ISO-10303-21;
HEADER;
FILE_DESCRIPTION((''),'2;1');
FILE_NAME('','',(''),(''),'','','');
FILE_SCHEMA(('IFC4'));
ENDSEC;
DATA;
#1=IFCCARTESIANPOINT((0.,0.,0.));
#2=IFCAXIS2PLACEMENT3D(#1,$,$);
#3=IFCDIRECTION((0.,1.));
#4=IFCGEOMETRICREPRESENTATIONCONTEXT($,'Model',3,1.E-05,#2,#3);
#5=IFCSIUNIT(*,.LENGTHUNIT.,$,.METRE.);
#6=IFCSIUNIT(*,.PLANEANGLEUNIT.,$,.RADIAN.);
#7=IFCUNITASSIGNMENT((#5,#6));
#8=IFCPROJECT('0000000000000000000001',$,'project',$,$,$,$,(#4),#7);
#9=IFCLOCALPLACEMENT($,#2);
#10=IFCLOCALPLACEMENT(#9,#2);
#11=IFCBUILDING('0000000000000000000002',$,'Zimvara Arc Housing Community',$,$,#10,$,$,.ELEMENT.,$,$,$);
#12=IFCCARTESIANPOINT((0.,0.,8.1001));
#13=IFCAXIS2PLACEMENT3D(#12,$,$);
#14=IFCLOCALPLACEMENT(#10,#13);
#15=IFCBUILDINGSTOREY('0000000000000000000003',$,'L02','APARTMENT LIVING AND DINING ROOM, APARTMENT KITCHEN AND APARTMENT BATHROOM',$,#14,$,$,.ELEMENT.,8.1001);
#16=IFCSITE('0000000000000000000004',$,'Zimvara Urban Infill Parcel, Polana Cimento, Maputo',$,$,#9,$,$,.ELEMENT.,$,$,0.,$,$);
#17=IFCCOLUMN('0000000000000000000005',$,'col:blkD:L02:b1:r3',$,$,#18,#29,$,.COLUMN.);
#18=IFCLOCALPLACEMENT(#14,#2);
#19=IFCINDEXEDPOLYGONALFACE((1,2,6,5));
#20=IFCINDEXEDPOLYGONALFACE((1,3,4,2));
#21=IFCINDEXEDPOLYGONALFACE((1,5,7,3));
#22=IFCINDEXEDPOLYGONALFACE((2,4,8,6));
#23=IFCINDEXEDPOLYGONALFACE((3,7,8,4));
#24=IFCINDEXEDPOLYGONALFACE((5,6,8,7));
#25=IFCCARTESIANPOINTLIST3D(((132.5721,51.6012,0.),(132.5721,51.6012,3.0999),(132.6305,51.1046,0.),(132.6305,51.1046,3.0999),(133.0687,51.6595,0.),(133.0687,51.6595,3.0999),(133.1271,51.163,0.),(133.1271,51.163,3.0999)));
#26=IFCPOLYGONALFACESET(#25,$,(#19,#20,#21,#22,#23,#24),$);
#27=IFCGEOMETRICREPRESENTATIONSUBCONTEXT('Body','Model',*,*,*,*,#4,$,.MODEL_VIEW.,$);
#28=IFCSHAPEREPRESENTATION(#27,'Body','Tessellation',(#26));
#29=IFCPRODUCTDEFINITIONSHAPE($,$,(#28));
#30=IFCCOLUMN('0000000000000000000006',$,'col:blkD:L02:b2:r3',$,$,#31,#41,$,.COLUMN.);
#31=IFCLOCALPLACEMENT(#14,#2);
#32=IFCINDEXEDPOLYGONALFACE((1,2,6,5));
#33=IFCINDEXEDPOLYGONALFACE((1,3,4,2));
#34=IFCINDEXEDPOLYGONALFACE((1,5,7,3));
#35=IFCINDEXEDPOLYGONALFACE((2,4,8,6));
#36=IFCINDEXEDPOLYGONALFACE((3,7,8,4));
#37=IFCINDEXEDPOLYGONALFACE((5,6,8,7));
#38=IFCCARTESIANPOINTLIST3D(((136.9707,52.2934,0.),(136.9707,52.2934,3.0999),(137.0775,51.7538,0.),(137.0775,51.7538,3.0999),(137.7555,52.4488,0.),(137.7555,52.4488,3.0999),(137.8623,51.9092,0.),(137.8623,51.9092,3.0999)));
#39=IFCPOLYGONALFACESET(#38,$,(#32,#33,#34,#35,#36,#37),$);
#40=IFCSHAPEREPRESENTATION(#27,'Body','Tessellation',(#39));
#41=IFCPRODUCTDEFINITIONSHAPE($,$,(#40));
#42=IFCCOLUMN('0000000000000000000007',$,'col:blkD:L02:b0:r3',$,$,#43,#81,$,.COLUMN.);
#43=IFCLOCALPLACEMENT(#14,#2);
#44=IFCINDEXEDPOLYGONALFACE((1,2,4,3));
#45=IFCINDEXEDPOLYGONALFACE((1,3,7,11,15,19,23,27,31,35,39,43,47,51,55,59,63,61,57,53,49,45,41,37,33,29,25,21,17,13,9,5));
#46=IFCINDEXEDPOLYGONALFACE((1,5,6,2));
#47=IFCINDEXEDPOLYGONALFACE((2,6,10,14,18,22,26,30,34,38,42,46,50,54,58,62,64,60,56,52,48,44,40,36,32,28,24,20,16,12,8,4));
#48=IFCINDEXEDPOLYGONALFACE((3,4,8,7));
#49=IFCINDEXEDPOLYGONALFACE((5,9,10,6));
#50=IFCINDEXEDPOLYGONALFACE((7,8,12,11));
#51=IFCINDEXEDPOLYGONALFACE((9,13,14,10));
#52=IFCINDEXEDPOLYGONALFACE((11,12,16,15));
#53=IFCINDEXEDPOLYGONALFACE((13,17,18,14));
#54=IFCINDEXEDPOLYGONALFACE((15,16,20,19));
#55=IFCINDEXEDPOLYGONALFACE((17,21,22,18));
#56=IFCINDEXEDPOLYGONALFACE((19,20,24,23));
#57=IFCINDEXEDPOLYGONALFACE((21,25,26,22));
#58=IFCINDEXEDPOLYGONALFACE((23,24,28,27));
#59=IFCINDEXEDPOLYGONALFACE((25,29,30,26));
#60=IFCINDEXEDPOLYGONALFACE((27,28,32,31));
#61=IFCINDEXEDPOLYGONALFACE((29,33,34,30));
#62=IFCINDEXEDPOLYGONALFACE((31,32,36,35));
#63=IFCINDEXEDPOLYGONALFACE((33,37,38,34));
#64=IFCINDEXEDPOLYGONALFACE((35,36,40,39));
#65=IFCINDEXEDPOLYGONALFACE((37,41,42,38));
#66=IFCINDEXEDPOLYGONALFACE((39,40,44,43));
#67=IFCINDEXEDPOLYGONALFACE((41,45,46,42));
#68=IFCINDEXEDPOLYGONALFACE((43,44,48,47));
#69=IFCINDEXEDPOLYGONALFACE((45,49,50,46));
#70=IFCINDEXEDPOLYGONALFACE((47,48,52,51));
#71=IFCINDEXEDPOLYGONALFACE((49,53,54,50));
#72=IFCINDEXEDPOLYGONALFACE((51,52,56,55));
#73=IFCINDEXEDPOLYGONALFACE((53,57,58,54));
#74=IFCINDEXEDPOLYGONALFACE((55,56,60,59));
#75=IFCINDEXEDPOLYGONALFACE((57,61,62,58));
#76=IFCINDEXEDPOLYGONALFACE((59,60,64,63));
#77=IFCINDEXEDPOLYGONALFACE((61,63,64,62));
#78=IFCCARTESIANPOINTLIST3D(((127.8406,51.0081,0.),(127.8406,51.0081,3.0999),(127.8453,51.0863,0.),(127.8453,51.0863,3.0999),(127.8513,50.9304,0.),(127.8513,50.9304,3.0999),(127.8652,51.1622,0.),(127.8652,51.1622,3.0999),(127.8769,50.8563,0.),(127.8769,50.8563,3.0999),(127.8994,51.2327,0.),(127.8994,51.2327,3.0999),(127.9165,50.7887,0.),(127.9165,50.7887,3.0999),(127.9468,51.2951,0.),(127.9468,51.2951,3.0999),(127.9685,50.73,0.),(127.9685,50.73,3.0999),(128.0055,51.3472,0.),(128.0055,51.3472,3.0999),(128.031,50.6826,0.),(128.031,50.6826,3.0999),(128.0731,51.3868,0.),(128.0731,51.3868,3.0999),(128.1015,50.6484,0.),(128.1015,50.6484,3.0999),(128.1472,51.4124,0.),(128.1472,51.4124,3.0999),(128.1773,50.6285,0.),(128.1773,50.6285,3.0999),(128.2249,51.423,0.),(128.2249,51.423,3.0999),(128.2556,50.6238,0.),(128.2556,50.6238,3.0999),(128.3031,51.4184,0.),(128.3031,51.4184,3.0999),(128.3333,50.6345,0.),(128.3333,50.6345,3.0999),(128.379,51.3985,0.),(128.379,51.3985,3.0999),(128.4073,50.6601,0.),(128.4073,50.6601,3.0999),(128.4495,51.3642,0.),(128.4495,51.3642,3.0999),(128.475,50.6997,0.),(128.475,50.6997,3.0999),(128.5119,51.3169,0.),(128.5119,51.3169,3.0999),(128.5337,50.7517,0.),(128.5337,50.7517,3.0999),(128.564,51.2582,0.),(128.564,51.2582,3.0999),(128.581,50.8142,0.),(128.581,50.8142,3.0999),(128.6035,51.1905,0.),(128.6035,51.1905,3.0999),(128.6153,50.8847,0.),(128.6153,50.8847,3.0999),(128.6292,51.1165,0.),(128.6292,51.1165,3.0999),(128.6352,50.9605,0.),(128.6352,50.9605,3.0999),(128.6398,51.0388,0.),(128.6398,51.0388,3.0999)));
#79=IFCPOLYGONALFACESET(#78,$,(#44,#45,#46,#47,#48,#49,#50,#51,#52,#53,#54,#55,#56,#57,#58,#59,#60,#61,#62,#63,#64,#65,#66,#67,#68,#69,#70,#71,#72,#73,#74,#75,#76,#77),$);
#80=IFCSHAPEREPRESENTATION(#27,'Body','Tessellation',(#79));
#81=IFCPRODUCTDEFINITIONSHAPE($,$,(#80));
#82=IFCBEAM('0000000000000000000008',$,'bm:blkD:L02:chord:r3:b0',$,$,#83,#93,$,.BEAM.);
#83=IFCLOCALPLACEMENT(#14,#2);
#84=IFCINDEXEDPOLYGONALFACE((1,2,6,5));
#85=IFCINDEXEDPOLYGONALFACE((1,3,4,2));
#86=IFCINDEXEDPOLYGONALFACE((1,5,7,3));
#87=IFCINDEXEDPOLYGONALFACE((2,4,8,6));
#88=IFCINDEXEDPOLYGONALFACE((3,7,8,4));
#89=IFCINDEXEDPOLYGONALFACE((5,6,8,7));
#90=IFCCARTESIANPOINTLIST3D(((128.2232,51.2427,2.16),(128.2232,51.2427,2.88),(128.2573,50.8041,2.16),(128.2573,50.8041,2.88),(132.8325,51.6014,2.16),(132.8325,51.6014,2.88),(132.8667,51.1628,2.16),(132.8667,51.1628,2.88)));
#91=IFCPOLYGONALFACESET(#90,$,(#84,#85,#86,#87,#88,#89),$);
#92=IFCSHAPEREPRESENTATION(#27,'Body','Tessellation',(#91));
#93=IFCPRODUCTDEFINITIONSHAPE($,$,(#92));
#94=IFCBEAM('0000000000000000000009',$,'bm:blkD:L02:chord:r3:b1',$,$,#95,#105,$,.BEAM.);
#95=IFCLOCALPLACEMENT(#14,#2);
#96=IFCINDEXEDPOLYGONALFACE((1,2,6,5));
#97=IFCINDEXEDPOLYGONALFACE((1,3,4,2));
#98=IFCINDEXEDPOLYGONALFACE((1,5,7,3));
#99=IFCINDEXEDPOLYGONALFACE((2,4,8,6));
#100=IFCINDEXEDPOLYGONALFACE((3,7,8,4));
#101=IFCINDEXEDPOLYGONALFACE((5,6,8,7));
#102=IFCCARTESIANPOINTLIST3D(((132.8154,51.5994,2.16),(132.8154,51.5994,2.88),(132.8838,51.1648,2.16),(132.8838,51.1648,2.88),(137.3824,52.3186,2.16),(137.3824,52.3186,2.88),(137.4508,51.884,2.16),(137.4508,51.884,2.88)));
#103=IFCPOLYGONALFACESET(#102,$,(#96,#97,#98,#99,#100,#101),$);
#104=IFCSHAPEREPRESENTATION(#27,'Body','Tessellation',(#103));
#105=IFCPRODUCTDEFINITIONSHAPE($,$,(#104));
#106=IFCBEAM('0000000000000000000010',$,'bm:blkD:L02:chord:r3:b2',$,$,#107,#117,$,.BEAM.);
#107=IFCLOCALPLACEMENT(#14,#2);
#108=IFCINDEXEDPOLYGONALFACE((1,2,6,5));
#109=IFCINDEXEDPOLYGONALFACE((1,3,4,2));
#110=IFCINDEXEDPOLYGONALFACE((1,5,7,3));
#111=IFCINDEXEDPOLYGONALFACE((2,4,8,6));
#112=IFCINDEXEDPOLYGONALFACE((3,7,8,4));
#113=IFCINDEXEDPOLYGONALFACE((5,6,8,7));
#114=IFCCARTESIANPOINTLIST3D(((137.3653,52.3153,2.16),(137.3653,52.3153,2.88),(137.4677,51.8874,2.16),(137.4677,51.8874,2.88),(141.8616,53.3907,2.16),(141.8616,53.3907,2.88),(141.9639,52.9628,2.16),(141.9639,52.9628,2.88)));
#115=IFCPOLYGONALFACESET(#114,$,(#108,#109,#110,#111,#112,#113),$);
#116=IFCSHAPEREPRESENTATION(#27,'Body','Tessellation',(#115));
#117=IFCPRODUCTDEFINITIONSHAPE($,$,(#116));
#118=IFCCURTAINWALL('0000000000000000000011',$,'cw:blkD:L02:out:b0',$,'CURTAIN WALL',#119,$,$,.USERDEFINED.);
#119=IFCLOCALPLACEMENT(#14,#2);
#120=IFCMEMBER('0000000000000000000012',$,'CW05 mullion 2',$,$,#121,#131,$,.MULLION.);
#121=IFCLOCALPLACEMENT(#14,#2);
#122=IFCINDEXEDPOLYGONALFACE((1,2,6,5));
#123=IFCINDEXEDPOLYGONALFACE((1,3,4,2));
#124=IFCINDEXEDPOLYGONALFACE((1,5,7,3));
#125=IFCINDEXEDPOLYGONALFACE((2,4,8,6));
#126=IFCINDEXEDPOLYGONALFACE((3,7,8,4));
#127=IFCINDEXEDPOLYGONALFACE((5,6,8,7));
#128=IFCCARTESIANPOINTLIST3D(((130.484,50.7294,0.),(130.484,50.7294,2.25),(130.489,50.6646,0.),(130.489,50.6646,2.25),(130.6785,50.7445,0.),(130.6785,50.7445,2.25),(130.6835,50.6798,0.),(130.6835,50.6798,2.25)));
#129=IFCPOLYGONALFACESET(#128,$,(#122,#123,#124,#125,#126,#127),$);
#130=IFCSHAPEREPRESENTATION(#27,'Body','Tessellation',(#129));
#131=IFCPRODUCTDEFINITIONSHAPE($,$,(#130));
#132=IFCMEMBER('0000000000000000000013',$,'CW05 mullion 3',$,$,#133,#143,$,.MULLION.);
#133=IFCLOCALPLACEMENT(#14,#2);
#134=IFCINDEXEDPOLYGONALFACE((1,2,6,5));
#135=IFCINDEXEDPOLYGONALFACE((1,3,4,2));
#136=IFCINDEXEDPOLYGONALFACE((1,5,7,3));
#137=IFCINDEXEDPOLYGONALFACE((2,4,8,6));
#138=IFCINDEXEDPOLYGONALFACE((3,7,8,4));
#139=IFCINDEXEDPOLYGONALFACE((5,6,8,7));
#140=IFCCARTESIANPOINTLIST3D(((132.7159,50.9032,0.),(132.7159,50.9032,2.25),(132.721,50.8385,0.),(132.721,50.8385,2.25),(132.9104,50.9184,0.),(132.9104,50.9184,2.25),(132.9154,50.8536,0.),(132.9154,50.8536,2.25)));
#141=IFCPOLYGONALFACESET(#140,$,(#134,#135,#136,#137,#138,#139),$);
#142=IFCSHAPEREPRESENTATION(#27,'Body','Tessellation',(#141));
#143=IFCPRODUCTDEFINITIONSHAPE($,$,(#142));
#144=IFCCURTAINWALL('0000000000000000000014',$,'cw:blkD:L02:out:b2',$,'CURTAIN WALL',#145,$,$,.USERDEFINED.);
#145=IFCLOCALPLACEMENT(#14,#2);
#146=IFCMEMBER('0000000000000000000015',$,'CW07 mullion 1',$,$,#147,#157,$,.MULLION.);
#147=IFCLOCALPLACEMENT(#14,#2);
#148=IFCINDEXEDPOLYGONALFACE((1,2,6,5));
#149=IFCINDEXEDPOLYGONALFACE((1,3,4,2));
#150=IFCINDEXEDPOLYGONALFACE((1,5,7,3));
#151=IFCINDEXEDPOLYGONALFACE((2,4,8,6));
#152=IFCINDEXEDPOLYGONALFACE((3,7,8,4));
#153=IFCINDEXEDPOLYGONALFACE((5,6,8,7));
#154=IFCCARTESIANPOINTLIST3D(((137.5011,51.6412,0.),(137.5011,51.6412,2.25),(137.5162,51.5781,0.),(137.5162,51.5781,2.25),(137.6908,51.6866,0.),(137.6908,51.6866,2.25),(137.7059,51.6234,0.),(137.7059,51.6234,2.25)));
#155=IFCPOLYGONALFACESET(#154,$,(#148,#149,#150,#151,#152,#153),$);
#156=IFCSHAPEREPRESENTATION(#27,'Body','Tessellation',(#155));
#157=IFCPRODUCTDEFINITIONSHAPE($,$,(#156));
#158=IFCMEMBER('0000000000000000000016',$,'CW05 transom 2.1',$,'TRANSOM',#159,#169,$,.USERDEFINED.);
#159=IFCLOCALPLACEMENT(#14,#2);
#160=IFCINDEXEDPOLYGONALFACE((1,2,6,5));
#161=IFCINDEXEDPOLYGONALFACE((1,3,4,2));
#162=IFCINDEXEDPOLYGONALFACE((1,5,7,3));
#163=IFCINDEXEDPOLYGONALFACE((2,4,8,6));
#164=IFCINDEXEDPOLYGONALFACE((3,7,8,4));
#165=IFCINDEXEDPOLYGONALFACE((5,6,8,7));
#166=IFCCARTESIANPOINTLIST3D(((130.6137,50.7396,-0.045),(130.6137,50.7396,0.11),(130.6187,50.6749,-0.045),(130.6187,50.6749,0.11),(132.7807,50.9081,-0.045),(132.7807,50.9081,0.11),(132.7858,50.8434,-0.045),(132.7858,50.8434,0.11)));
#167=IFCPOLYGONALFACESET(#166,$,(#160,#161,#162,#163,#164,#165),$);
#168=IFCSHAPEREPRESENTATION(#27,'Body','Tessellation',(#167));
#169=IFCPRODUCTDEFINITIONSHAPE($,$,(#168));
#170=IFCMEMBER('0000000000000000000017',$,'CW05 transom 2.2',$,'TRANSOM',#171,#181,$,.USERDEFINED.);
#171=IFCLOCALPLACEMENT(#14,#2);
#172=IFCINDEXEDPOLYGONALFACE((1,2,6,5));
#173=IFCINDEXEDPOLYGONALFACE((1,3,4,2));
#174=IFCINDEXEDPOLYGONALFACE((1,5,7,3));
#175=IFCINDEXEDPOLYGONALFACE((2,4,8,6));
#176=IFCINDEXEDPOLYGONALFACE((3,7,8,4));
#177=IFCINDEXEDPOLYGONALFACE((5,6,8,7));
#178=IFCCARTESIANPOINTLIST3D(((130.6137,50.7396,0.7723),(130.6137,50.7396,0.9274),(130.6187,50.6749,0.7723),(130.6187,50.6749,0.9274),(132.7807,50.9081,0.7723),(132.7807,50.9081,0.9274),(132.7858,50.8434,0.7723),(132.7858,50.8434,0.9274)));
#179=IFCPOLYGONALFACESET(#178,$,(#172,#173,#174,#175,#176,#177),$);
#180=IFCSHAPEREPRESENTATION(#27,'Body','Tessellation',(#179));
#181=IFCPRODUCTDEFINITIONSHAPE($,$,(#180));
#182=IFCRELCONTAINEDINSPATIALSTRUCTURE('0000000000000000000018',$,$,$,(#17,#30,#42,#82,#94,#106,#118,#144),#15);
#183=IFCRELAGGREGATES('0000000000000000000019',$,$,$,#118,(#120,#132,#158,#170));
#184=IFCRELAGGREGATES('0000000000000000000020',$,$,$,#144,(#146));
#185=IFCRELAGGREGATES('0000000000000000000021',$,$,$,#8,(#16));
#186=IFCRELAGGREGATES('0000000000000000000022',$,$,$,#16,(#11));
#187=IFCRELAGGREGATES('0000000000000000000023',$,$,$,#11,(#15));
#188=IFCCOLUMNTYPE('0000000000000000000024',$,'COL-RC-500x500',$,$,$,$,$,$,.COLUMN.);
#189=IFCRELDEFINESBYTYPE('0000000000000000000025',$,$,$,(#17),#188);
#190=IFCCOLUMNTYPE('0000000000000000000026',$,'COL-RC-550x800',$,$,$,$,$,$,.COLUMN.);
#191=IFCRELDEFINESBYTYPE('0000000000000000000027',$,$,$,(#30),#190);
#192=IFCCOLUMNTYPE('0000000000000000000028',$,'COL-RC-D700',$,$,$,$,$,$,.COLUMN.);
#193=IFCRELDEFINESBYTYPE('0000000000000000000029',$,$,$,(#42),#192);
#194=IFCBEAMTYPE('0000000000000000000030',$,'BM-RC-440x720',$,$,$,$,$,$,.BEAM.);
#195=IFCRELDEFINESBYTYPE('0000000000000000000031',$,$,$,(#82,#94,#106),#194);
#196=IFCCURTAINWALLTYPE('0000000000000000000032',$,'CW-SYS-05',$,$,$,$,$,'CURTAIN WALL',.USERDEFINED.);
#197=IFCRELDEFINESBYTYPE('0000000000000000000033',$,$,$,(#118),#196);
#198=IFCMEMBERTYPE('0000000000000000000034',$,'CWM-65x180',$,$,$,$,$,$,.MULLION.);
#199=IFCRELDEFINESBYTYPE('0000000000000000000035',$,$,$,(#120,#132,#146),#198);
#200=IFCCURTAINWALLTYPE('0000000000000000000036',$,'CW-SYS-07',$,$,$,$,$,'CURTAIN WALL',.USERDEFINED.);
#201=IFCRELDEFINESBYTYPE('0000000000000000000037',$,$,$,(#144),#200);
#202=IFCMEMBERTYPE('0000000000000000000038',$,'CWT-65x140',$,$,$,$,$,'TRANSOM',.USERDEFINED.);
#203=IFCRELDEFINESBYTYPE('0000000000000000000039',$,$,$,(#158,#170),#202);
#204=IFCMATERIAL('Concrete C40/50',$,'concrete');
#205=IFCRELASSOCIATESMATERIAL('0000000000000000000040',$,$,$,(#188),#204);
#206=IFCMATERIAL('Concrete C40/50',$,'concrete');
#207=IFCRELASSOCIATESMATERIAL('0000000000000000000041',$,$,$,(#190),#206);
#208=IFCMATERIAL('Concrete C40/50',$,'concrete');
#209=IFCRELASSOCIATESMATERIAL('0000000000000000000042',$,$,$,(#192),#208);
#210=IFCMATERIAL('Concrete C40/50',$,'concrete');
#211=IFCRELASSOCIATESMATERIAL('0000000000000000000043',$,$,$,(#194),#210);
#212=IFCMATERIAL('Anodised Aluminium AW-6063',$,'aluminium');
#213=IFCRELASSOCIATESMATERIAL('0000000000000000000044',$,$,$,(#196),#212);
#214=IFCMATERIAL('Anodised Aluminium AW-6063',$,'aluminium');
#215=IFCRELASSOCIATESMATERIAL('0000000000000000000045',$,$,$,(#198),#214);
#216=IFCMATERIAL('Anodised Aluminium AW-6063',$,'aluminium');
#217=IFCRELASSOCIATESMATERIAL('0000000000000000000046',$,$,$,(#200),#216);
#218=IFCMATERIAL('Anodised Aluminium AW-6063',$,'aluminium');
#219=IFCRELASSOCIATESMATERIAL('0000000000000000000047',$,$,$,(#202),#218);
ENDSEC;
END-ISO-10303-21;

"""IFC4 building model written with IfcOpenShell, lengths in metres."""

from ifc_helpers import new_model, si_unit, direction, frame, origin, origin_2d, place, context, subcontext, project, spatial, rectangle, circle, extrude, material, material_profile, profile_set, type_object, element, aggregate, save


model = new_model("IFC4")

# Units and contexts
model_context = context("Model", 3, precision=1e-05, world=origin(), true_north=direction((0.0, 1.0)))
body_context = subcontext(model_context, "Body", "Model", "MODEL_VIEW")
ifc_project = project(units=[si_unit("LENGTHUNIT", "METRE"), si_unit("PLANEANGLEUNIT", "RADIAN")], contexts=[model_context])

# Site, building, storey
site_placement = place(None, origin())
site = spatial("IfcSite", under=ifc_project, at=site_placement, Name="Zimvara Urban Infill Parcel, Polana Cimento, Maputo", CompositionType="ELEMENT", RefElevation=0.0)
building_placement = place(site_placement, origin())
building = spatial("IfcBuilding", under=site, at=building_placement, Name="Zimvara Arc Housing Community", CompositionType="ELEMENT")
storey_placement = place(building_placement, frame((0.0, 0.0, 8.1001)))
storey = spatial("IfcBuildingStorey", under=building, at=storey_placement, Name="L02", Description="APARTMENT LIVING AND DINING ROOM, APARTMENT KITCHEN AND APARTMENT BATHROOM", CompositionType="ELEMENT", Elevation=8.1001)

# Columns
ifc_material_1 = material(Name="Concrete C40/50", Category="concrete")
ifc_material_profile_1 = material_profile(ifc_material_1, rectangle(XDim=0.5, YDim=0.5, at=origin_2d()), Name="RC 500x500")
ifc_profile_set_1 = profile_set([ifc_material_profile_1], Name="Concrete C40/50")
column_type_1 = type_object("IfcColumnType", Name="COL-RC-500x500", PredefinedType="COLUMN", material=ifc_profile_set_1)
column_1_placement = place(storey_placement, frame((132.8496, 51.3821, 0.0), z_axis=(0.0, 0.0, 1.0), x_axis=(0.116671, -0.993171, 0.0)))
element("IfcColumn", 1, at=column_1_placement, inside=storey, type_object=column_type_1, Name="col:blkD:L02:b1:r3", PredefinedType="COLUMN", context=body_context, shape_type="SweptSolid", body=[
    extrude(rectangle(XDim=0.5, YDim=0.5, at=origin_2d()), origin(), (0.0, 0.0, 1.0), 3.0999),
])
ifc_material_2 = material(Name="Concrete C40/50", Category="concrete")
ifc_material_profile_2 = material_profile(ifc_material_2, rectangle(XDim=0.55, YDim=0.8, at=origin_2d()), Name="RC 550x800")
ifc_profile_set_2 = profile_set([ifc_material_profile_2], Name="Concrete C40/50")
column_type_2 = type_object("IfcColumnType", Name="COL-RC-550x800", PredefinedType="COLUMN", material=ifc_profile_set_2)
column_2_placement = place(storey_placement, frame((137.4165, 52.1013, 0.0), z_axis=(0.0, 0.0, 1.0), x_axis=(0.194234, -0.980955, 0.0)))
element("IfcColumn", 2, at=column_2_placement, inside=storey, type_object=column_type_2, Name="col:blkD:L02:b2:r3", PredefinedType="COLUMN", context=body_context, shape_type="SweptSolid", body=[
    extrude(rectangle(XDim=0.55, YDim=0.8, at=origin_2d()), origin(), (0.0, 0.0, 1.0), 3.0999),
])
ifc_material_3 = material(Name="Concrete C40/50", Category="concrete")
ifc_material_profile_3 = material_profile(ifc_material_3, circle(Radius=0.3999, at=origin_2d()), Name="RC D800")
ifc_profile_set_3 = profile_set([ifc_material_profile_3], Name="Concrete C40/50")
column_type_3 = type_object("IfcColumnType", Name="COL-RC-D700", PredefinedType="COLUMN", material=ifc_profile_set_3)
column_3_placement = place(storey_placement, frame((128.2402, 51.0234, 0.0), z_axis=(0.0, 0.0, 1.0), x_axis=(0.038388, -0.999263, 0.0)))
element("IfcColumn", 3, at=column_3_placement, inside=storey, type_object=column_type_3, Name="col:blkD:L02:b0:r3", PredefinedType="COLUMN", context=body_context, shape_type="SweptSolid", body=[
    extrude(circle(Radius=0.3999, at=origin_2d()), origin(), (0.0, 0.0, 1.0), 3.0999),
])

# Beams
ifc_material_4 = material(Name="Concrete C40/50", Category="concrete")
ifc_material_profile_4 = material_profile(ifc_material_4, rectangle(XDim=0.4399, YDim=0.72, at=origin_2d()), Name="RC 440x720")
ifc_profile_set_4 = profile_set([ifc_material_profile_4], Name="Concrete C40/50")
beam_type = type_object("IfcBeamType", Name="BM-RC-440x720", PredefinedType="BEAM", material=ifc_profile_set_4)
for number, where, z_axis, x_axis, name in (
    (4, (128.2402, 51.0234, 2.52), (0.996987, 0.077573, 0.0), (-0.077573, 0.996987, 0.0), "bm:blkD:L02:chord:r3:b0"),
    (5, (132.8496, 51.3821, 2.52), (0.987825, 0.155572, 0.0), (-0.155572, 0.987825, 0.0), "bm:blkD:L02:chord:r3:b1"),
):
    element("IfcBeam", number, at=place(storey_placement, frame(where, z_axis=z_axis, x_axis=x_axis)), inside=storey, type_object=beam_type, Name=name, PredefinedType="BEAM", context=body_context, shape_type="SweptSolid", body=[
        extrude(rectangle(XDim=0.4399, YDim=0.72, at=origin_2d()), origin(), (0.0, 0.0, 1.0), 4.6233),
    ])
beam_placement = place(storey_placement, frame((137.4165, 52.1013, 2.52), z_axis=(0.972568, 0.23262, 0.0), x_axis=(-0.23262, 0.972568, 0.0)))
element("IfcBeam", 6, at=beam_placement, inside=storey, type_object=beam_type, Name="bm:blkD:L02:chord:r3:b2", PredefinedType="BEAM", context=body_context, shape_type="SweptSolid", body=[
    extrude(rectangle(XDim=0.4399, YDim=0.72, at=origin_2d()), origin(), (0.0, 0.0, 1.0), 4.623),
])

# Curtain wall, members
ifc_material_5 = material(Name="Anodised Aluminium AW-6063", Category="aluminium")
curtain_wall_type_1 = type_object("IfcCurtainWallType", Name="CW-SYS-05", ElementType="CURTAIN WALL", PredefinedType="USERDEFINED", material=ifc_material_5)
curtain_wall_1_placement = place(storey_placement, origin())
curtain_wall_1 = element("IfcCurtainWall", 7, at=curtain_wall_1_placement, inside=storey, type_object=curtain_wall_type_1, Name="cw:blkD:L02:out:b0", ObjectType="CURTAIN WALL", PredefinedType="USERDEFINED")
ifc_material_6 = material(Name="Anodised Aluminium AW-6063", Category="aluminium")
ifc_material_profile_5 = material_profile(ifc_material_6, rectangle(XDim=0.0649, YDim=0.1951, at=origin_2d()), Name="ALU 65x195")
ifc_profile_set_5 = profile_set([ifc_material_profile_5], Name="Anodised Aluminium AW-6063")
member_type_1 = type_object("IfcMemberType", Name="CWM-65x180", PredefinedType="MULLION", material=ifc_profile_set_5)
member_1_placement = place(storey_placement, frame((130.5837, 50.7046, 0.0), z_axis=(0.0, 0.0, 1.0), x_axis=(-0.07759, 0.996985, 0.0)))
member_1 = element("IfcMember", 8, at=member_1_placement, type_object=member_type_1, Name="CW05 mullion 2", PredefinedType="MULLION", context=body_context, shape_type="SweptSolid", body=[
    extrude(rectangle(XDim=0.0649, YDim=0.1951, at=origin_2d()), origin(), (0.0, 0.0, 1.0), 2.25),
])
member_2_placement = place(storey_placement, frame((132.8157, 50.8784, 0.0), z_axis=(0.0, 0.0, 1.0), x_axis=(-0.07759, 0.996985, 0.0)))
member_2 = element("IfcMember", 9, at=member_2_placement, type_object=member_type_1, Name="CW05 mullion 3", PredefinedType="MULLION", context=body_context, shape_type="SweptSolid", body=[
    extrude(rectangle(XDim=0.0649, YDim=0.1951, at=origin_2d()), origin(), (0.0, 0.0, 1.0), 2.25),
])

# Curtain wall, member
ifc_material_7 = material(Name="Anodised Aluminium AW-6063", Category="aluminium")
curtain_wall_type_2 = type_object("IfcCurtainWallType", Name="CW-SYS-07", ElementType="CURTAIN WALL", PredefinedType="USERDEFINED", material=ifc_material_7)
curtain_wall_2_placement = place(storey_placement, origin())
curtain_wall_2 = element("IfcCurtainWall", 10, at=curtain_wall_2_placement, inside=storey, type_object=curtain_wall_type_2, Name="cw:blkD:L02:out:b2", ObjectType="CURTAIN WALL", PredefinedType="USERDEFINED")
member_3_placement = place(storey_placement, frame((137.6035, 51.6323, 0.0), z_axis=(0.0, 0.0, 1.0), x_axis=(-0.232597, 0.972573, 0.0)))
member_3 = element("IfcMember", 11, at=member_3_placement, type_object=member_type_1, Name="CW07 mullion 1", PredefinedType="MULLION", context=body_context, shape_type="SweptSolid", body=[
    extrude(rectangle(XDim=0.0649, YDim=0.1951, at=origin_2d()), origin(), (0.0, 0.0, 1.0), 2.25),
])

# Members
ifc_material_8 = material(Name="Anodised Aluminium AW-6063", Category="aluminium")
ifc_material_profile_6 = material_profile(ifc_material_8, rectangle(XDim=0.0649, YDim=0.155, at=origin_2d()), Name="ALU 65x155")
ifc_profile_set_6 = profile_set([ifc_material_profile_6], Name="Anodised Aluminium AW-6063")
member_type_2 = type_object("IfcMemberType", Name="CWT-65x140", ElementType="TRANSOM", PredefinedType="USERDEFINED", material=ifc_profile_set_6)
member_4_placement = place(storey_placement, frame((130.6162, 50.7073, 0.0325), z_axis=(0.996992, 0.077504, 0.0), x_axis=(-0.077504, 0.996992, 0.0)))
member_4 = element("IfcMember", 12, at=member_4_placement, type_object=member_type_2, Name="CW05 transom 2.1", ObjectType="TRANSOM", PredefinedType="USERDEFINED", context=body_context, shape_type="SweptSolid", body=[
    extrude(rectangle(XDim=0.0649, YDim=0.155, at=origin_2d()), origin(), (0.0, 0.0, 1.0), 2.1736),
])
member_5_placement = place(storey_placement, frame((130.6162, 50.7073, 0.8499), z_axis=(0.996992, 0.077504, 0.0), x_axis=(-0.077504, 0.996992, 0.0)))
member_5 = element("IfcMember", 13, at=member_5_placement, type_object=member_type_2, Name="CW05 transom 2.2", ObjectType="TRANSOM", PredefinedType="USERDEFINED", context=body_context, shape_type="SweptSolid", body=[
    extrude(rectangle(XDim=0.0649, YDim=0.155, at=origin_2d()), origin(), (0.0, 0.0, 1.0), 2.1736),
])

aggregate(curtain_wall_1, [member_1, member_2, member_4, member_5])
aggregate(curtain_wall_2, [member_3])

save(model, "model.ifc")
